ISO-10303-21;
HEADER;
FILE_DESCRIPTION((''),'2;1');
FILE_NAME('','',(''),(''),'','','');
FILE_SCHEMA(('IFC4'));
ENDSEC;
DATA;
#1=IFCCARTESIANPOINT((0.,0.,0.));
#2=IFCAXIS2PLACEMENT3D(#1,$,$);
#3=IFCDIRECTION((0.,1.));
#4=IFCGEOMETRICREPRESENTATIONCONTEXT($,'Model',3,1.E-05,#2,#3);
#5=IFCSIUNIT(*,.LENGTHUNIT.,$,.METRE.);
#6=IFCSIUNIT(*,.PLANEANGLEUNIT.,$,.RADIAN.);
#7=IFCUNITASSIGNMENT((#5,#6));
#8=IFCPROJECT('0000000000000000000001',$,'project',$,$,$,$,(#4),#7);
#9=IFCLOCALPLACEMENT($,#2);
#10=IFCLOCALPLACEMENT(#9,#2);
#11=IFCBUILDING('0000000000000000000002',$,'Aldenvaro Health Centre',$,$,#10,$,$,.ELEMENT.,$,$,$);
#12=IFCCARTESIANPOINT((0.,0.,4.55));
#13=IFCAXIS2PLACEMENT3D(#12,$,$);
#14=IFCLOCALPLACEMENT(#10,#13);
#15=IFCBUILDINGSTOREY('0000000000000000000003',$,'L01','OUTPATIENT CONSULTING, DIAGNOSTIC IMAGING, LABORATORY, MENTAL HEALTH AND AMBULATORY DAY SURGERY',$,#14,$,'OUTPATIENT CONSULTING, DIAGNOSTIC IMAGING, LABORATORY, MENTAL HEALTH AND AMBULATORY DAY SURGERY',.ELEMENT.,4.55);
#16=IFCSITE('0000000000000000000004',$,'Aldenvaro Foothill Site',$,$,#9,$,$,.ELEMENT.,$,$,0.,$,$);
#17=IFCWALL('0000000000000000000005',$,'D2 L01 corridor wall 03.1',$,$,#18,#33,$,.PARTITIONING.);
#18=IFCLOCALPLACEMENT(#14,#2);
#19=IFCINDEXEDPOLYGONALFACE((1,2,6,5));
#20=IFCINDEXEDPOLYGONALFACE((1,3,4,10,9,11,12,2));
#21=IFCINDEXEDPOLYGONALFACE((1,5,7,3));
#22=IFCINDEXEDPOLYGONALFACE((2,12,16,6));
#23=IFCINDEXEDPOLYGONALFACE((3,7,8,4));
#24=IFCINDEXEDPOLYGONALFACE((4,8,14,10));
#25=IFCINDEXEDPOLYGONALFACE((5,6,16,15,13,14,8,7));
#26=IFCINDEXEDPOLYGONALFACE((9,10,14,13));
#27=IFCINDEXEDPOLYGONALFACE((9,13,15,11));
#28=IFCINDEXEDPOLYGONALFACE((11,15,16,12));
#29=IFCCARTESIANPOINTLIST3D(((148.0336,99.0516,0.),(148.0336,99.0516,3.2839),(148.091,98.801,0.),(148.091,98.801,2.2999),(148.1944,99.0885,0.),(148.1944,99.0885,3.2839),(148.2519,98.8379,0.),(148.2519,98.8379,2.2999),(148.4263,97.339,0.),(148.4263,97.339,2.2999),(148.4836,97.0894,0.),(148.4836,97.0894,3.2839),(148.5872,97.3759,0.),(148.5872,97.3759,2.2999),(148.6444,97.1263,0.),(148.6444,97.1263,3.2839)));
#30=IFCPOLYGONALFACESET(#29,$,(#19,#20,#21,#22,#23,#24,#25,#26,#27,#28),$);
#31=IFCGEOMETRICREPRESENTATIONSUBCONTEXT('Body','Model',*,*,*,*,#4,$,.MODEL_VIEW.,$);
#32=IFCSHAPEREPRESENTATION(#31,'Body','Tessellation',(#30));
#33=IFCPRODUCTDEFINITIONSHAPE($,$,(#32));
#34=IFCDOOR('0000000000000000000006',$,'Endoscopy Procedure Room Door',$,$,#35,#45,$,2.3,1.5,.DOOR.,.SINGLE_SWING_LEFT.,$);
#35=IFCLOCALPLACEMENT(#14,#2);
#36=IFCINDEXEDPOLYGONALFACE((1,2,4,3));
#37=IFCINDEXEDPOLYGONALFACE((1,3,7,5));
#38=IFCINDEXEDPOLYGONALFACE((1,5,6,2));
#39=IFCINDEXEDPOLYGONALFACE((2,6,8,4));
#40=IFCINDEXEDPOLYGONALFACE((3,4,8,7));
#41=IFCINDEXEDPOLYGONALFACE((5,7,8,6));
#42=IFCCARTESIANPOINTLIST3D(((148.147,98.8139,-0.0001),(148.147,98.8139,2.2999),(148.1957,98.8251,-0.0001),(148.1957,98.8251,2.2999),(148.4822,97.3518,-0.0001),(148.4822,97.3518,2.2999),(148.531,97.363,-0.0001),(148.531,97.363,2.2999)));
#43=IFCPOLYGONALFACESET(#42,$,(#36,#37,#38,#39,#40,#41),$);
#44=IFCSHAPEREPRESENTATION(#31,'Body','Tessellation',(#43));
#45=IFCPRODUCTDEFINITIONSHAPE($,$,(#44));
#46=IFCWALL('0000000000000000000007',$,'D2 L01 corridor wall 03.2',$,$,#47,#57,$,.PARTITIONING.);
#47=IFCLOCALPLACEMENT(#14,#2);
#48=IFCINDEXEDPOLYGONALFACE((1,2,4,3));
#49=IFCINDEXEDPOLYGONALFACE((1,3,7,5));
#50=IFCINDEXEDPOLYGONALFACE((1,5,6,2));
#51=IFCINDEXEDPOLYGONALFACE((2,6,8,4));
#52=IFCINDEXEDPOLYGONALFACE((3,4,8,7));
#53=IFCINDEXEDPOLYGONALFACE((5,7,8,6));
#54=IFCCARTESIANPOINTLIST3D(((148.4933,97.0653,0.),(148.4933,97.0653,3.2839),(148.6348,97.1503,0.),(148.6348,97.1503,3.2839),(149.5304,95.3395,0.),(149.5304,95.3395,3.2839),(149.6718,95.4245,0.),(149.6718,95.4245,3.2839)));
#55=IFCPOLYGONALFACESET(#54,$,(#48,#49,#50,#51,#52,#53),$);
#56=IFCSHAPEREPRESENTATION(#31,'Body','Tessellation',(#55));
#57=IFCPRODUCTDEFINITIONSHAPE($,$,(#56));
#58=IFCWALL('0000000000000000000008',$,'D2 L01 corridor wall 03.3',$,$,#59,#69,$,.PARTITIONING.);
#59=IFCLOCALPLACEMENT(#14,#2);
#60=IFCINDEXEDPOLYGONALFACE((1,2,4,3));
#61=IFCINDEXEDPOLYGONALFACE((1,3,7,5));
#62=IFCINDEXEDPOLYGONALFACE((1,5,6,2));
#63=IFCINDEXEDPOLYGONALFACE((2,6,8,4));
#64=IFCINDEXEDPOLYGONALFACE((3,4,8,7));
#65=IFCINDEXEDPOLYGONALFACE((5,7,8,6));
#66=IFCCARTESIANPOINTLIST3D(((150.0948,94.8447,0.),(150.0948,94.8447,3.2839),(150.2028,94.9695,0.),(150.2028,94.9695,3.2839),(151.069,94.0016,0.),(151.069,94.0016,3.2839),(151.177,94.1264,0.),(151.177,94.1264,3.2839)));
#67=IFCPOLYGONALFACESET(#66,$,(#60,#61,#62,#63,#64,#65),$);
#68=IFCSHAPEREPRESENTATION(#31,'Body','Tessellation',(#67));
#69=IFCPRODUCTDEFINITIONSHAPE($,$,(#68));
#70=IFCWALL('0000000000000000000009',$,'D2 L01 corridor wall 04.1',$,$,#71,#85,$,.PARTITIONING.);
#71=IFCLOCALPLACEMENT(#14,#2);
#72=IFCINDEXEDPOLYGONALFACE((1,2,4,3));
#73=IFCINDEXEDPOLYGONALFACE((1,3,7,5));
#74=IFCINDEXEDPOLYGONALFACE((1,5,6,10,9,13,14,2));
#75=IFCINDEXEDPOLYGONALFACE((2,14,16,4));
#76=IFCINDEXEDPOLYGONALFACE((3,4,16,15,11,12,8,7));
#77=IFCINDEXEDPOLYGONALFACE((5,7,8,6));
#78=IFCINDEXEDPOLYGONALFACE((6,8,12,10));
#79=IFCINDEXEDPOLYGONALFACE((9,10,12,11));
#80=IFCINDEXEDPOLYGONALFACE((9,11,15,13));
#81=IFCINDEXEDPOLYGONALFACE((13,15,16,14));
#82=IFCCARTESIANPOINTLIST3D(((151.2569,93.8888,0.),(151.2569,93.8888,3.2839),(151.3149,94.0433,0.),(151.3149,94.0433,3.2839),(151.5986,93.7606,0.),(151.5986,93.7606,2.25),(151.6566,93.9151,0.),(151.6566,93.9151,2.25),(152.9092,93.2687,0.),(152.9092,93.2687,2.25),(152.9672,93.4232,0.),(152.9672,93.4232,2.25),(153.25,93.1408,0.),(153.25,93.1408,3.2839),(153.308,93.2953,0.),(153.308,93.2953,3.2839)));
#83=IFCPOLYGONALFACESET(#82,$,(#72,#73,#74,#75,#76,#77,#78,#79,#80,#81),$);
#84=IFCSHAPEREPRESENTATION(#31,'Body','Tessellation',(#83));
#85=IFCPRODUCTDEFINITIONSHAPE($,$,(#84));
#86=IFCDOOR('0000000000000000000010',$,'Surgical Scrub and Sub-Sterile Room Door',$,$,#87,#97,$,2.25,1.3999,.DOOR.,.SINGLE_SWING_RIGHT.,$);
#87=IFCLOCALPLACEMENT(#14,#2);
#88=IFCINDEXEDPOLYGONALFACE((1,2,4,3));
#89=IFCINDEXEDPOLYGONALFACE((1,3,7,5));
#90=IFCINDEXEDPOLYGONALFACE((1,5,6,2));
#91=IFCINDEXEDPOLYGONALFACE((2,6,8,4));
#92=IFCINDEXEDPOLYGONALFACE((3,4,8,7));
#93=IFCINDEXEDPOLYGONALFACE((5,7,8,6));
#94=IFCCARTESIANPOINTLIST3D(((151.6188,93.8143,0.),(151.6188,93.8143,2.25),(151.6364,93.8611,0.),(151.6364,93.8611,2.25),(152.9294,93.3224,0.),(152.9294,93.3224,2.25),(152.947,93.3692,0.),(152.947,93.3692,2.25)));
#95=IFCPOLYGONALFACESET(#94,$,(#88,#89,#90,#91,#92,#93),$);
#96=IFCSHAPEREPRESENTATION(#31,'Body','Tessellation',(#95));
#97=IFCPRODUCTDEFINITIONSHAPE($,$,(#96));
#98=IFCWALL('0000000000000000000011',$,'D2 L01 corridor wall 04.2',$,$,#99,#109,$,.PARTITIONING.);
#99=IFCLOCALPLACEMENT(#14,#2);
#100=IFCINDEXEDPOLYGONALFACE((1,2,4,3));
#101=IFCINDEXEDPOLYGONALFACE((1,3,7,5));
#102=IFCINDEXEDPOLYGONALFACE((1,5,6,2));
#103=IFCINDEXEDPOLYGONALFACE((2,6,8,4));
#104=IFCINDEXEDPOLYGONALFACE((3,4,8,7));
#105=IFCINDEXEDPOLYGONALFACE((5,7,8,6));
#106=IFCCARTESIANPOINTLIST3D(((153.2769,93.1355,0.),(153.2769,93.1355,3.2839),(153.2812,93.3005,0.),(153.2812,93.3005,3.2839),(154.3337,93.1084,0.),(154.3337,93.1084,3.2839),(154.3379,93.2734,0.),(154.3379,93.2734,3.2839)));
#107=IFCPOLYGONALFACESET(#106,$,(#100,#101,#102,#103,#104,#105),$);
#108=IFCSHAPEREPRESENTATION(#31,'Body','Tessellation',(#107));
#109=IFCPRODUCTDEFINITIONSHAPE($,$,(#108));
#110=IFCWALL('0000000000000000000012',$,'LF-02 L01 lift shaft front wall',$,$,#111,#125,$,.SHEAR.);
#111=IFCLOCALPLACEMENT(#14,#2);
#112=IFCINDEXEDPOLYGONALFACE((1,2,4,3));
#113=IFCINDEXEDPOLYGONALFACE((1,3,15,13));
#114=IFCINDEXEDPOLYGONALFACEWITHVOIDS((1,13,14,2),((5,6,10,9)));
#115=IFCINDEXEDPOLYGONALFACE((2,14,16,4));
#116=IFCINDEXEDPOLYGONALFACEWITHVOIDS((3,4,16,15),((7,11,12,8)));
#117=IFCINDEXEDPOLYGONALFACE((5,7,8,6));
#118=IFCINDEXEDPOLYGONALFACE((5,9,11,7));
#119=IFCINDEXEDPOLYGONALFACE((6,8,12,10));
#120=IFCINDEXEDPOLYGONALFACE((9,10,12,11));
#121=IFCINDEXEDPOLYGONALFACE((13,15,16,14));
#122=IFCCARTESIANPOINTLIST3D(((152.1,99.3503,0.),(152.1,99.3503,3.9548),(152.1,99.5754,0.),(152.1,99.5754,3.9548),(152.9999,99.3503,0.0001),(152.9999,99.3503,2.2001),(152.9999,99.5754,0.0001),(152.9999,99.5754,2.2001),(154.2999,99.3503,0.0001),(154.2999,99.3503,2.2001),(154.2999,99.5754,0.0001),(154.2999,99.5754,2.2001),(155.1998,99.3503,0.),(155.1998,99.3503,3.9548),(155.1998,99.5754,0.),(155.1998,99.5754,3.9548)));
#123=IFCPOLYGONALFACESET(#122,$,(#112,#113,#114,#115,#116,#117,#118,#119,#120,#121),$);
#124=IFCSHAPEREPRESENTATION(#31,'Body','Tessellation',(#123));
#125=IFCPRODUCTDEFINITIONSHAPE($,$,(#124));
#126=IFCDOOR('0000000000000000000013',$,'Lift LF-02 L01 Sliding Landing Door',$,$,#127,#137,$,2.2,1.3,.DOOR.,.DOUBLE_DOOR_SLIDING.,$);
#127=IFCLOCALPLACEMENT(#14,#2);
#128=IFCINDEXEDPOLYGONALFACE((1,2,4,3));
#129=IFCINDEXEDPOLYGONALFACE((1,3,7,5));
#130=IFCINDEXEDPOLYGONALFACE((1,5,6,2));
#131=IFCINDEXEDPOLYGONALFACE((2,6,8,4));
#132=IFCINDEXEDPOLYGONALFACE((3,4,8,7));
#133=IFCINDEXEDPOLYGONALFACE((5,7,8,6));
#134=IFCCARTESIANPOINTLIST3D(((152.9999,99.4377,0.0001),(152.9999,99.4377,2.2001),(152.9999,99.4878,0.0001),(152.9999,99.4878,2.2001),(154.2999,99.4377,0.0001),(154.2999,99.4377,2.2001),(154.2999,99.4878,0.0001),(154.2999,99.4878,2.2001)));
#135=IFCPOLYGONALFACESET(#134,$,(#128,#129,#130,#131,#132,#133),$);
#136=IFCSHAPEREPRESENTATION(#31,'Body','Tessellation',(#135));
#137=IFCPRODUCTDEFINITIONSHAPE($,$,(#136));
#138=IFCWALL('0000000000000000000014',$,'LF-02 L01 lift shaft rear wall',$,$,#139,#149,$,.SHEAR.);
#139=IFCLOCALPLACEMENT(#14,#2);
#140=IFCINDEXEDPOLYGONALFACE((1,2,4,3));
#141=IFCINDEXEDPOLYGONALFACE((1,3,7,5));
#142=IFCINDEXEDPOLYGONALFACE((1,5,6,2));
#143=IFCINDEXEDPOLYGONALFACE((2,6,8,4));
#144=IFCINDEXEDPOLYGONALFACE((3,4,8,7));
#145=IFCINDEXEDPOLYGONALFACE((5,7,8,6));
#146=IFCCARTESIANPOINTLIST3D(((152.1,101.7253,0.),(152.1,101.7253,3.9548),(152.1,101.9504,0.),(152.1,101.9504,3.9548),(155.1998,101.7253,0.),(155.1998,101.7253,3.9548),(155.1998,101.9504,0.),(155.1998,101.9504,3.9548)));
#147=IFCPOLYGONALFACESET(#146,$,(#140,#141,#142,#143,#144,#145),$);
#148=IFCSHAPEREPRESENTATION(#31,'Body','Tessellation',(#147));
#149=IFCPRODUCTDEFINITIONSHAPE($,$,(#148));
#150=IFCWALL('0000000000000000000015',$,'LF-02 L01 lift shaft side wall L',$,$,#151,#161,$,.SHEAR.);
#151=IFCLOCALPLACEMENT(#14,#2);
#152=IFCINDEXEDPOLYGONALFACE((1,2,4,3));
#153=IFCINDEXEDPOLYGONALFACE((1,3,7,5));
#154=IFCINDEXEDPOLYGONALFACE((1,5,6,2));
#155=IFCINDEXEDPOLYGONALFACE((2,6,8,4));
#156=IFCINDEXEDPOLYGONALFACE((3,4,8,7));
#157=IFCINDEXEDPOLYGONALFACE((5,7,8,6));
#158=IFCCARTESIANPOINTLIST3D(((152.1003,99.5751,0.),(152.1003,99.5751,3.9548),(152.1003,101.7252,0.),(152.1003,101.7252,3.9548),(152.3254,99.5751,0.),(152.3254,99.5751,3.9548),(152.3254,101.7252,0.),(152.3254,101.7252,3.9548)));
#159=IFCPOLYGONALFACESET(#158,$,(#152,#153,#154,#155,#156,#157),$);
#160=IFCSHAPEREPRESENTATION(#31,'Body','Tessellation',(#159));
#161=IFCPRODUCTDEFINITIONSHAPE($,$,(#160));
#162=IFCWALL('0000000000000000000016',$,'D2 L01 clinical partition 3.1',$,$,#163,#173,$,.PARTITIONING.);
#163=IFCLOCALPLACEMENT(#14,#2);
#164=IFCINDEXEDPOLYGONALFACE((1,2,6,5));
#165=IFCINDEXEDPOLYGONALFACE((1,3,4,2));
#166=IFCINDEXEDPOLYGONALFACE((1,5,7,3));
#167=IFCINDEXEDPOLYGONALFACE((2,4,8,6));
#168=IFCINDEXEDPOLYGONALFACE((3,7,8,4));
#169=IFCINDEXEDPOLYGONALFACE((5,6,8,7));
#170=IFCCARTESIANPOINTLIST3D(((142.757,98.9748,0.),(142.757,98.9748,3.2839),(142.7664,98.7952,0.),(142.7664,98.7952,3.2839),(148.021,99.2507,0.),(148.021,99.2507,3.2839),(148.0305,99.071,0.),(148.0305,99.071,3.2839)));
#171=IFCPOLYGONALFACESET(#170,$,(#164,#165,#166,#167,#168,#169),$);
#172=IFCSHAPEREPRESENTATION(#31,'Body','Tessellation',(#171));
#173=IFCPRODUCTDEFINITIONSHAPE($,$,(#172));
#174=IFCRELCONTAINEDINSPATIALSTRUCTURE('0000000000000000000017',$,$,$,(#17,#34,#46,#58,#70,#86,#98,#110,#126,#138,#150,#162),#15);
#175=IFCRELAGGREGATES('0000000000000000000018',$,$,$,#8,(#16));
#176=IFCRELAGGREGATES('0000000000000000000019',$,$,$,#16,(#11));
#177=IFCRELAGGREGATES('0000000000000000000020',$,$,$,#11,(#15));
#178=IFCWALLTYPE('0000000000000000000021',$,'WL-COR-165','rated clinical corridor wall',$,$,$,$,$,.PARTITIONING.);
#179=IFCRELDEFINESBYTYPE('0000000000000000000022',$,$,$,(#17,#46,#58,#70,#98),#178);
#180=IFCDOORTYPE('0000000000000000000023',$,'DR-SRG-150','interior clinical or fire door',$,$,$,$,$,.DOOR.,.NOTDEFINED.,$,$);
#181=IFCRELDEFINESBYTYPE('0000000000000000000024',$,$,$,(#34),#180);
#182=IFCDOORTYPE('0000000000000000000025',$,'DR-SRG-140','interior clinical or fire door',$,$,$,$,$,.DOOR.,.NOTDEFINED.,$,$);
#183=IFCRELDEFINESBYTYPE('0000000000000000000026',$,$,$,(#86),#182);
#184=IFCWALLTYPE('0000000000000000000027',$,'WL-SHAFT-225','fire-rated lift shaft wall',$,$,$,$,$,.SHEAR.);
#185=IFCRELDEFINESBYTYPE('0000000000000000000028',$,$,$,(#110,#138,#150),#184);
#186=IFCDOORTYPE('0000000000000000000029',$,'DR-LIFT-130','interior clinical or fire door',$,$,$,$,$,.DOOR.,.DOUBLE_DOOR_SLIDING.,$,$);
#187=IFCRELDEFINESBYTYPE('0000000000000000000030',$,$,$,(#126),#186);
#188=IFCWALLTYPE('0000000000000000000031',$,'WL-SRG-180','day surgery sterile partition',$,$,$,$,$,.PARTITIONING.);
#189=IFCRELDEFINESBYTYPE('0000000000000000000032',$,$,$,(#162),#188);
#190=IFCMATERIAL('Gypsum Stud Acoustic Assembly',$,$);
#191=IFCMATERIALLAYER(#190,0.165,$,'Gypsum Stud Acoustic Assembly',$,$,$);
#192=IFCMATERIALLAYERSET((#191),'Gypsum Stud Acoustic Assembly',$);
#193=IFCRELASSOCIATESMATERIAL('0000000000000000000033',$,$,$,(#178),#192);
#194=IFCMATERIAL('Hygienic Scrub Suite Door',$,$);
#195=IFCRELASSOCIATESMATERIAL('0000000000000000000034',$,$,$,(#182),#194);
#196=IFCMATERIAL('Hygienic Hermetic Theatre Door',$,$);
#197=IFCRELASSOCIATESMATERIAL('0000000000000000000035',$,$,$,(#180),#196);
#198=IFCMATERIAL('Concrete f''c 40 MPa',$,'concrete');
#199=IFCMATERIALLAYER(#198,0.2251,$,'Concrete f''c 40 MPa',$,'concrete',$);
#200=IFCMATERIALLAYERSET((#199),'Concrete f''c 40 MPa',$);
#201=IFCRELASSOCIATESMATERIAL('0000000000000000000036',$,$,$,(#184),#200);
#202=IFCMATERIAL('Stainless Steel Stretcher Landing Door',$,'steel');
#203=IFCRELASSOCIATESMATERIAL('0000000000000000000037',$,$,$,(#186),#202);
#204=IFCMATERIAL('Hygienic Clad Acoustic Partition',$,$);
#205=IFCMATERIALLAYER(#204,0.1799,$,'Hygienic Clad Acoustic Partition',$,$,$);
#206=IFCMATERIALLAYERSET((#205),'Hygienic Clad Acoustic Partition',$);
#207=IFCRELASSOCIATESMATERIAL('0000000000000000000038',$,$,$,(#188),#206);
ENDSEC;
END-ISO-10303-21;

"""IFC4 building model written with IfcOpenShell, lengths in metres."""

from ifc_helpers import new_model, si_unit, direction, frame, frame_2d, origin, place, context, subcontext, project, spatial, rectangle, extrude, material, layer, layer_set, type_object, element, fill, save


model = new_model("IFC4")

# Units and contexts
model_context = context("Model", 3, precision=1e-05, world=origin(), true_north=direction((0.0, 1.0)))
body_context = subcontext(model_context, "Body", "Model", "MODEL_VIEW")
ifc_project = project(units=[si_unit("LENGTHUNIT", "METRE"), si_unit("PLANEANGLEUNIT", "RADIAN")], contexts=[model_context])

# Site, building, storey
site_placement = place(None, origin())
site = spatial("IfcSite", under=ifc_project, at=site_placement, Name="Aldenvaro Foothill Site", CompositionType="ELEMENT", RefElevation=0.0)
building_placement = place(site_placement, origin())
building = spatial("IfcBuilding", under=site, at=building_placement, Name="Aldenvaro Health Centre", CompositionType="ELEMENT")
storey_placement = place(building_placement, frame((0.0, 0.0, 4.55)))
storey = spatial("IfcBuildingStorey", under=building, at=storey_placement, Name="L01", Description="OUTPATIENT CONSULTING, DIAGNOSTIC IMAGING, LABORATORY, MENTAL HEALTH AND AMBULATORY DAY SURGERY", LongName="OUTPATIENT CONSULTING, DIAGNOSTIC IMAGING, LABORATORY, MENTAL HEALTH AND AMBULATORY DAY SURGERY", CompositionType="ELEMENT", Elevation=4.55)

# Shared definitions
ifc_material_1 = material(Name="Gypsum Stud Acoustic Assembly")
ifc_layer_1 = layer(ifc_material_1, 0.165, Name="Gypsum Stud Acoustic Assembly")
ifc_layer_set_1 = layer_set([ifc_layer_1], Name="Gypsum Stud Acoustic Assembly")
wall_type_1 = type_object("IfcWallType", Name="WL-COR-165", Description="rated clinical corridor wall", PredefinedType="PARTITIONING", material=ifc_layer_set_1)
ifc_material_2 = material(Name="Hygienic Scrub Suite Door")
door_type_1 = type_object("IfcDoorType", Name="DR-SRG-140", Description="interior clinical or fire door", OperationType="NOTDEFINED", PredefinedType="DOOR", material=ifc_material_2)

# Wall, opening, door
wall_1_placement = place(storey_placement, frame((148.114, 99.0701, 0.0), z_axis=(0.0, 0.0, 1.0), x_axis=(0.223513, -0.974701, 0.0)))
wall_1 = element("IfcWall", 1, at=wall_1_placement, inside=storey, type_object=wall_type_1, Name="D2 L01 corridor wall 03.1", PredefinedType="PARTITIONING", context=body_context, shape_type="SweptSolid", body=[
    extrude(rectangle(XDim=2.0132, YDim=0.165, at=frame_2d((1.0066, 0.0))), origin(), (0.0, 0.0, 1.0), 3.2839),
])
opening_1_placement = place(wall_1_placement, frame((0.2571, 0.0, 0.0)))
opening_1 = element("IfcOpeningElement", 2, at=opening_1_placement, cuts=wall_1, PredefinedType="OPENING", context=body_context, shape_type="SweptSolid", body=[
    extrude(rectangle(XDim=1.5, YDim=2.3, at=frame_2d((0.75, 1.1499))), frame((0.0, 0.0925, 0.0), z_axis=(0.0, -1.0, 0.0), x_axis=(1.0, 0.0, 0.0)), (0.0, 0.0, 1.0), 0.1851),
])
ifc_material_3 = material(Name="Hygienic Hermetic Theatre Door")
door_type_2 = type_object("IfcDoorType", Name="DR-SRG-150", Description="interior clinical or fire door", OperationType="NOTDEFINED", PredefinedType="DOOR", material=ifc_material_3)
door_1_placement = place(opening_1_placement, origin())
door_1 = element("IfcDoor", 3, at=door_1_placement, inside=storey, type_object=door_type_2, Name="Endoscopy Procedure Room Door", OperationType="SINGLE_SWING_LEFT", OverallHeight=2.3, OverallWidth=1.5, PredefinedType="DOOR", context=body_context, shape_type="SweptSolid", body=[
    extrude(rectangle(XDim=1.5, YDim=2.3, at=frame_2d((0.75, 1.1499))), frame((0.0, 0.0249, 0.0), z_axis=(0.0, -1.0, 0.0), x_axis=(1.0, 0.0, 0.0)), (0.0, 0.0, 1.0), 0.05),
])
fill(opening_1, door_1)

# Walls
wall_2_placement = place(storey_placement, frame((148.564, 97.1079, 0.0), z_axis=(0.0, 0.0, 1.0), x_axis=(0.515084, -0.85714, 0.0)))
element("IfcWall", 4, at=wall_2_placement, inside=storey, type_object=wall_type_1, Name="D2 L01 corridor wall 03.2", PredefinedType="PARTITIONING", context=body_context, shape_type="SweptSolid", body=[
    extrude(rectangle(XDim=2.0134, YDim=0.165, at=frame_2d((1.0068, 0.0))), origin(), (0.0, 0.0, 1.0), 3.2839),
])
wall_3_placement = place(storey_placement, frame((150.1489, 94.907, 0.0), z_axis=(0.0, 0.0, 1.0), x_axis=(0.756158, -0.654389, 0.0)))
element("IfcWall", 5, at=wall_3_placement, inside=storey, type_object=wall_type_1, Name="D2 L01 corridor wall 03.3", PredefinedType="PARTITIONING", context=body_context, shape_type="SweptSolid", body=[
    extrude(rectangle(XDim=1.2883, YDim=0.165, at=frame_2d((0.644, 0.0))), origin(), (0.0, 0.0, 1.0), 3.2839),
])

# Wall, opening, door
wall_4_placement = place(storey_placement, frame((151.2859, 93.9661, 0.0), z_axis=(0.0, 0.0, 1.0), x_axis=(0.936235, -0.351375, 0.0)))
wall_4 = element("IfcWall", 6, at=wall_4_placement, inside=storey, type_object=wall_type_1, Name="D2 L01 corridor wall 04.1", PredefinedType="PARTITIONING", context=body_context, shape_type="SweptSolid", body=[
    extrude(rectangle(XDim=2.1289, YDim=0.165, at=frame_2d((1.0645, 0.0))), origin(), (0.0, 0.0, 1.0), 3.2839),
])
opening_2_placement = place(wall_4_placement, frame((0.365, 0.0, 0.0)))
opening_2 = element("IfcOpeningElement", 7, at=opening_2_placement, cuts=wall_4, PredefinedType="OPENING", context=body_context, shape_type="SweptSolid", body=[
    extrude(rectangle(XDim=1.3999, YDim=2.25, at=frame_2d((0.7, 1.125))), frame((0.0, 0.0925, 0.0), z_axis=(0.0, -1.0, 0.0), x_axis=(1.0, 0.0, 0.0)), (0.0, 0.0, 1.0), 0.1851),
])
door_2_placement = place(opening_2_placement, origin())
door_2 = element("IfcDoor", 8, at=door_2_placement, inside=storey, type_object=door_type_1, Name="Surgical Scrub and Sub-Sterile Room Door", OperationType="SINGLE_SWING_RIGHT", OverallHeight=2.25, OverallWidth=1.3999, PredefinedType="DOOR", context=body_context, shape_type="SweptSolid", body=[
    extrude(rectangle(XDim=1.3999, YDim=2.25, at=frame_2d((0.7, 1.125))), frame((0.0, 0.0249, 0.0), z_axis=(0.0, -1.0, 0.0), x_axis=(1.0, 0.0, 0.0)), (0.0, 0.0, 1.0), 0.05),
])
fill(opening_2, door_2)

# Wall
wall_5_placement = place(storey_placement, frame((153.2791, 93.218, 0.0), z_axis=(0.0, 0.0, 1.0), x_axis=(0.999671, -0.025633, 0.0)))
element("IfcWall", 9, at=wall_5_placement, inside=storey, type_object=wall_type_1, Name="D2 L01 corridor wall 04.2", PredefinedType="PARTITIONING", context=body_context, shape_type="SweptSolid", body=[
    extrude(rectangle(XDim=1.0571, YDim=0.165, at=frame_2d((0.5286, 0.0))), origin(), (0.0, 0.0, 1.0), 3.2839),
])

# Wall, opening, door
ifc_material_4 = material(Name="Concrete f'c 40 MPa", Category="concrete")
ifc_layer_2 = layer(ifc_material_4, 0.2251, Name="Concrete f'c 40 MPa", Category="concrete")
ifc_layer_set_2 = layer_set([ifc_layer_2], Name="Concrete f'c 40 MPa")
wall_type_2 = type_object("IfcWallType", Name="WL-SHAFT-225", Description="fire-rated lift shaft wall", PredefinedType="SHEAR", material=ifc_layer_set_2)
wall_6_placement = place(storey_placement, frame((152.1001, 99.4629, 0.0), z_axis=(0.0, 0.0, 1.0), x_axis=(1.0, 0.0, 0.0)))
wall_6 = element("IfcWall", 10, at=wall_6_placement, inside=storey, type_object=wall_type_2, Name="LF-02 L01 lift shaft front wall", PredefinedType="SHEAR", context=body_context, shape_type="SweptSolid", body=[
    extrude(rectangle(XDim=3.0999, YDim=0.2251, at=frame_2d((1.5498, 0.0))), origin(), (0.0, 0.0, 1.0), 3.9548),
])
opening_3_placement = place(wall_6_placement, frame((0.8999, 0.0, 0.0)))
opening_3 = element("IfcOpeningElement", 11, at=opening_3_placement, cuts=wall_6, PredefinedType="OPENING", context=body_context, shape_type="SweptSolid", body=[
    extrude(rectangle(XDim=1.3, YDim=2.2, at=frame_2d((0.6499, 1.1001))), frame((0.0, 0.1226, 0.0), z_axis=(0.0, -1.0, 0.0), x_axis=(1.0, 0.0, 0.0)), (0.0, 0.0, 1.0), 0.2451),
])
ifc_material_5 = material(Name="Stainless Steel Stretcher Landing Door", Category="steel")
door_type_3 = type_object("IfcDoorType", Name="DR-LIFT-130", Description="interior clinical or fire door", OperationType="DOUBLE_DOOR_SLIDING", PredefinedType="DOOR", material=ifc_material_5)
door_3_placement = place(opening_3_placement, origin())
door_3 = element("IfcDoor", 12, at=door_3_placement, inside=storey, type_object=door_type_3, Name="Lift LF-02 L01 Sliding Landing Door", OperationType="DOUBLE_DOOR_SLIDING", OverallHeight=2.2, OverallWidth=1.3, PredefinedType="DOOR", context=body_context, shape_type="SweptSolid", body=[
    extrude(rectangle(XDim=1.3, YDim=2.2, at=frame_2d((0.6499, 1.1001))), frame((0.0, 0.0249, 0.0), z_axis=(0.0, -1.0, 0.0), x_axis=(1.0, 0.0, 0.0)), (0.0, 0.0, 1.0), 0.05),
])
fill(opening_3, door_3)

# Walls
wall_7_placement = place(storey_placement, frame((152.1001, 101.8379, 0.0), z_axis=(0.0, 0.0, 1.0), x_axis=(1.0, 0.0, 0.0)))
element("IfcWall", 13, at=wall_7_placement, inside=storey, type_object=wall_type_2, Name="LF-02 L01 lift shaft rear wall", PredefinedType="SHEAR", context=body_context, shape_type="SweptSolid", body=[
    extrude(rectangle(XDim=3.0999, YDim=0.2251, at=frame_2d((1.5498, 0.0))), origin(), (0.0, 0.0, 1.0), 3.9548),
])
wall_8_placement = place(storey_placement, frame((152.2129, 99.575, 0.0), z_axis=(0.0, 0.0, 1.0), x_axis=(0.0, 1.0, 0.0)))
element("IfcWall", 14, at=wall_8_placement, inside=storey, type_object=wall_type_2, Name="LF-02 L01 lift shaft side wall L", PredefinedType="SHEAR", context=body_context, shape_type="SweptSolid", body=[
    extrude(rectangle(XDim=2.1501, YDim=0.2251, at=frame_2d((1.0752, 0.0))), origin(), (0.0, 0.0, 1.0), 3.9548),
])
ifc_material_6 = material(Name="Hygienic Clad Acoustic Partition")
ifc_layer_3 = layer(ifc_material_6, 0.1799, Name="Hygienic Clad Acoustic Partition")
ifc_layer_set_3 = layer_set([ifc_layer_3], Name="Hygienic Clad Acoustic Partition")
wall_type_3 = type_object("IfcWallType", Name="WL-SRG-180", Description="day surgery sterile partition", PredefinedType="PARTITIONING", material=ifc_layer_set_3)
wall_9_placement = place(storey_placement, frame((148.0259, 99.1609, 0.0), z_axis=(0.0, 0.0, 1.0), x_axis=(-0.998629, -0.052338, 0.0)))
element("IfcWall", 15, at=wall_9_placement, inside=storey, type_object=wall_type_3, Name="D2 L01 clinical partition 3.1", PredefinedType="PARTITIONING", context=body_context, shape_type="SweptSolid", body=[
    extrude(rectangle(XDim=5.2712, YDim=0.1799, at=frame_2d((2.6357, 0.0))), origin(), (0.0, 0.0, 1.0), 3.2839),
])

save(model, "model.ifc")
